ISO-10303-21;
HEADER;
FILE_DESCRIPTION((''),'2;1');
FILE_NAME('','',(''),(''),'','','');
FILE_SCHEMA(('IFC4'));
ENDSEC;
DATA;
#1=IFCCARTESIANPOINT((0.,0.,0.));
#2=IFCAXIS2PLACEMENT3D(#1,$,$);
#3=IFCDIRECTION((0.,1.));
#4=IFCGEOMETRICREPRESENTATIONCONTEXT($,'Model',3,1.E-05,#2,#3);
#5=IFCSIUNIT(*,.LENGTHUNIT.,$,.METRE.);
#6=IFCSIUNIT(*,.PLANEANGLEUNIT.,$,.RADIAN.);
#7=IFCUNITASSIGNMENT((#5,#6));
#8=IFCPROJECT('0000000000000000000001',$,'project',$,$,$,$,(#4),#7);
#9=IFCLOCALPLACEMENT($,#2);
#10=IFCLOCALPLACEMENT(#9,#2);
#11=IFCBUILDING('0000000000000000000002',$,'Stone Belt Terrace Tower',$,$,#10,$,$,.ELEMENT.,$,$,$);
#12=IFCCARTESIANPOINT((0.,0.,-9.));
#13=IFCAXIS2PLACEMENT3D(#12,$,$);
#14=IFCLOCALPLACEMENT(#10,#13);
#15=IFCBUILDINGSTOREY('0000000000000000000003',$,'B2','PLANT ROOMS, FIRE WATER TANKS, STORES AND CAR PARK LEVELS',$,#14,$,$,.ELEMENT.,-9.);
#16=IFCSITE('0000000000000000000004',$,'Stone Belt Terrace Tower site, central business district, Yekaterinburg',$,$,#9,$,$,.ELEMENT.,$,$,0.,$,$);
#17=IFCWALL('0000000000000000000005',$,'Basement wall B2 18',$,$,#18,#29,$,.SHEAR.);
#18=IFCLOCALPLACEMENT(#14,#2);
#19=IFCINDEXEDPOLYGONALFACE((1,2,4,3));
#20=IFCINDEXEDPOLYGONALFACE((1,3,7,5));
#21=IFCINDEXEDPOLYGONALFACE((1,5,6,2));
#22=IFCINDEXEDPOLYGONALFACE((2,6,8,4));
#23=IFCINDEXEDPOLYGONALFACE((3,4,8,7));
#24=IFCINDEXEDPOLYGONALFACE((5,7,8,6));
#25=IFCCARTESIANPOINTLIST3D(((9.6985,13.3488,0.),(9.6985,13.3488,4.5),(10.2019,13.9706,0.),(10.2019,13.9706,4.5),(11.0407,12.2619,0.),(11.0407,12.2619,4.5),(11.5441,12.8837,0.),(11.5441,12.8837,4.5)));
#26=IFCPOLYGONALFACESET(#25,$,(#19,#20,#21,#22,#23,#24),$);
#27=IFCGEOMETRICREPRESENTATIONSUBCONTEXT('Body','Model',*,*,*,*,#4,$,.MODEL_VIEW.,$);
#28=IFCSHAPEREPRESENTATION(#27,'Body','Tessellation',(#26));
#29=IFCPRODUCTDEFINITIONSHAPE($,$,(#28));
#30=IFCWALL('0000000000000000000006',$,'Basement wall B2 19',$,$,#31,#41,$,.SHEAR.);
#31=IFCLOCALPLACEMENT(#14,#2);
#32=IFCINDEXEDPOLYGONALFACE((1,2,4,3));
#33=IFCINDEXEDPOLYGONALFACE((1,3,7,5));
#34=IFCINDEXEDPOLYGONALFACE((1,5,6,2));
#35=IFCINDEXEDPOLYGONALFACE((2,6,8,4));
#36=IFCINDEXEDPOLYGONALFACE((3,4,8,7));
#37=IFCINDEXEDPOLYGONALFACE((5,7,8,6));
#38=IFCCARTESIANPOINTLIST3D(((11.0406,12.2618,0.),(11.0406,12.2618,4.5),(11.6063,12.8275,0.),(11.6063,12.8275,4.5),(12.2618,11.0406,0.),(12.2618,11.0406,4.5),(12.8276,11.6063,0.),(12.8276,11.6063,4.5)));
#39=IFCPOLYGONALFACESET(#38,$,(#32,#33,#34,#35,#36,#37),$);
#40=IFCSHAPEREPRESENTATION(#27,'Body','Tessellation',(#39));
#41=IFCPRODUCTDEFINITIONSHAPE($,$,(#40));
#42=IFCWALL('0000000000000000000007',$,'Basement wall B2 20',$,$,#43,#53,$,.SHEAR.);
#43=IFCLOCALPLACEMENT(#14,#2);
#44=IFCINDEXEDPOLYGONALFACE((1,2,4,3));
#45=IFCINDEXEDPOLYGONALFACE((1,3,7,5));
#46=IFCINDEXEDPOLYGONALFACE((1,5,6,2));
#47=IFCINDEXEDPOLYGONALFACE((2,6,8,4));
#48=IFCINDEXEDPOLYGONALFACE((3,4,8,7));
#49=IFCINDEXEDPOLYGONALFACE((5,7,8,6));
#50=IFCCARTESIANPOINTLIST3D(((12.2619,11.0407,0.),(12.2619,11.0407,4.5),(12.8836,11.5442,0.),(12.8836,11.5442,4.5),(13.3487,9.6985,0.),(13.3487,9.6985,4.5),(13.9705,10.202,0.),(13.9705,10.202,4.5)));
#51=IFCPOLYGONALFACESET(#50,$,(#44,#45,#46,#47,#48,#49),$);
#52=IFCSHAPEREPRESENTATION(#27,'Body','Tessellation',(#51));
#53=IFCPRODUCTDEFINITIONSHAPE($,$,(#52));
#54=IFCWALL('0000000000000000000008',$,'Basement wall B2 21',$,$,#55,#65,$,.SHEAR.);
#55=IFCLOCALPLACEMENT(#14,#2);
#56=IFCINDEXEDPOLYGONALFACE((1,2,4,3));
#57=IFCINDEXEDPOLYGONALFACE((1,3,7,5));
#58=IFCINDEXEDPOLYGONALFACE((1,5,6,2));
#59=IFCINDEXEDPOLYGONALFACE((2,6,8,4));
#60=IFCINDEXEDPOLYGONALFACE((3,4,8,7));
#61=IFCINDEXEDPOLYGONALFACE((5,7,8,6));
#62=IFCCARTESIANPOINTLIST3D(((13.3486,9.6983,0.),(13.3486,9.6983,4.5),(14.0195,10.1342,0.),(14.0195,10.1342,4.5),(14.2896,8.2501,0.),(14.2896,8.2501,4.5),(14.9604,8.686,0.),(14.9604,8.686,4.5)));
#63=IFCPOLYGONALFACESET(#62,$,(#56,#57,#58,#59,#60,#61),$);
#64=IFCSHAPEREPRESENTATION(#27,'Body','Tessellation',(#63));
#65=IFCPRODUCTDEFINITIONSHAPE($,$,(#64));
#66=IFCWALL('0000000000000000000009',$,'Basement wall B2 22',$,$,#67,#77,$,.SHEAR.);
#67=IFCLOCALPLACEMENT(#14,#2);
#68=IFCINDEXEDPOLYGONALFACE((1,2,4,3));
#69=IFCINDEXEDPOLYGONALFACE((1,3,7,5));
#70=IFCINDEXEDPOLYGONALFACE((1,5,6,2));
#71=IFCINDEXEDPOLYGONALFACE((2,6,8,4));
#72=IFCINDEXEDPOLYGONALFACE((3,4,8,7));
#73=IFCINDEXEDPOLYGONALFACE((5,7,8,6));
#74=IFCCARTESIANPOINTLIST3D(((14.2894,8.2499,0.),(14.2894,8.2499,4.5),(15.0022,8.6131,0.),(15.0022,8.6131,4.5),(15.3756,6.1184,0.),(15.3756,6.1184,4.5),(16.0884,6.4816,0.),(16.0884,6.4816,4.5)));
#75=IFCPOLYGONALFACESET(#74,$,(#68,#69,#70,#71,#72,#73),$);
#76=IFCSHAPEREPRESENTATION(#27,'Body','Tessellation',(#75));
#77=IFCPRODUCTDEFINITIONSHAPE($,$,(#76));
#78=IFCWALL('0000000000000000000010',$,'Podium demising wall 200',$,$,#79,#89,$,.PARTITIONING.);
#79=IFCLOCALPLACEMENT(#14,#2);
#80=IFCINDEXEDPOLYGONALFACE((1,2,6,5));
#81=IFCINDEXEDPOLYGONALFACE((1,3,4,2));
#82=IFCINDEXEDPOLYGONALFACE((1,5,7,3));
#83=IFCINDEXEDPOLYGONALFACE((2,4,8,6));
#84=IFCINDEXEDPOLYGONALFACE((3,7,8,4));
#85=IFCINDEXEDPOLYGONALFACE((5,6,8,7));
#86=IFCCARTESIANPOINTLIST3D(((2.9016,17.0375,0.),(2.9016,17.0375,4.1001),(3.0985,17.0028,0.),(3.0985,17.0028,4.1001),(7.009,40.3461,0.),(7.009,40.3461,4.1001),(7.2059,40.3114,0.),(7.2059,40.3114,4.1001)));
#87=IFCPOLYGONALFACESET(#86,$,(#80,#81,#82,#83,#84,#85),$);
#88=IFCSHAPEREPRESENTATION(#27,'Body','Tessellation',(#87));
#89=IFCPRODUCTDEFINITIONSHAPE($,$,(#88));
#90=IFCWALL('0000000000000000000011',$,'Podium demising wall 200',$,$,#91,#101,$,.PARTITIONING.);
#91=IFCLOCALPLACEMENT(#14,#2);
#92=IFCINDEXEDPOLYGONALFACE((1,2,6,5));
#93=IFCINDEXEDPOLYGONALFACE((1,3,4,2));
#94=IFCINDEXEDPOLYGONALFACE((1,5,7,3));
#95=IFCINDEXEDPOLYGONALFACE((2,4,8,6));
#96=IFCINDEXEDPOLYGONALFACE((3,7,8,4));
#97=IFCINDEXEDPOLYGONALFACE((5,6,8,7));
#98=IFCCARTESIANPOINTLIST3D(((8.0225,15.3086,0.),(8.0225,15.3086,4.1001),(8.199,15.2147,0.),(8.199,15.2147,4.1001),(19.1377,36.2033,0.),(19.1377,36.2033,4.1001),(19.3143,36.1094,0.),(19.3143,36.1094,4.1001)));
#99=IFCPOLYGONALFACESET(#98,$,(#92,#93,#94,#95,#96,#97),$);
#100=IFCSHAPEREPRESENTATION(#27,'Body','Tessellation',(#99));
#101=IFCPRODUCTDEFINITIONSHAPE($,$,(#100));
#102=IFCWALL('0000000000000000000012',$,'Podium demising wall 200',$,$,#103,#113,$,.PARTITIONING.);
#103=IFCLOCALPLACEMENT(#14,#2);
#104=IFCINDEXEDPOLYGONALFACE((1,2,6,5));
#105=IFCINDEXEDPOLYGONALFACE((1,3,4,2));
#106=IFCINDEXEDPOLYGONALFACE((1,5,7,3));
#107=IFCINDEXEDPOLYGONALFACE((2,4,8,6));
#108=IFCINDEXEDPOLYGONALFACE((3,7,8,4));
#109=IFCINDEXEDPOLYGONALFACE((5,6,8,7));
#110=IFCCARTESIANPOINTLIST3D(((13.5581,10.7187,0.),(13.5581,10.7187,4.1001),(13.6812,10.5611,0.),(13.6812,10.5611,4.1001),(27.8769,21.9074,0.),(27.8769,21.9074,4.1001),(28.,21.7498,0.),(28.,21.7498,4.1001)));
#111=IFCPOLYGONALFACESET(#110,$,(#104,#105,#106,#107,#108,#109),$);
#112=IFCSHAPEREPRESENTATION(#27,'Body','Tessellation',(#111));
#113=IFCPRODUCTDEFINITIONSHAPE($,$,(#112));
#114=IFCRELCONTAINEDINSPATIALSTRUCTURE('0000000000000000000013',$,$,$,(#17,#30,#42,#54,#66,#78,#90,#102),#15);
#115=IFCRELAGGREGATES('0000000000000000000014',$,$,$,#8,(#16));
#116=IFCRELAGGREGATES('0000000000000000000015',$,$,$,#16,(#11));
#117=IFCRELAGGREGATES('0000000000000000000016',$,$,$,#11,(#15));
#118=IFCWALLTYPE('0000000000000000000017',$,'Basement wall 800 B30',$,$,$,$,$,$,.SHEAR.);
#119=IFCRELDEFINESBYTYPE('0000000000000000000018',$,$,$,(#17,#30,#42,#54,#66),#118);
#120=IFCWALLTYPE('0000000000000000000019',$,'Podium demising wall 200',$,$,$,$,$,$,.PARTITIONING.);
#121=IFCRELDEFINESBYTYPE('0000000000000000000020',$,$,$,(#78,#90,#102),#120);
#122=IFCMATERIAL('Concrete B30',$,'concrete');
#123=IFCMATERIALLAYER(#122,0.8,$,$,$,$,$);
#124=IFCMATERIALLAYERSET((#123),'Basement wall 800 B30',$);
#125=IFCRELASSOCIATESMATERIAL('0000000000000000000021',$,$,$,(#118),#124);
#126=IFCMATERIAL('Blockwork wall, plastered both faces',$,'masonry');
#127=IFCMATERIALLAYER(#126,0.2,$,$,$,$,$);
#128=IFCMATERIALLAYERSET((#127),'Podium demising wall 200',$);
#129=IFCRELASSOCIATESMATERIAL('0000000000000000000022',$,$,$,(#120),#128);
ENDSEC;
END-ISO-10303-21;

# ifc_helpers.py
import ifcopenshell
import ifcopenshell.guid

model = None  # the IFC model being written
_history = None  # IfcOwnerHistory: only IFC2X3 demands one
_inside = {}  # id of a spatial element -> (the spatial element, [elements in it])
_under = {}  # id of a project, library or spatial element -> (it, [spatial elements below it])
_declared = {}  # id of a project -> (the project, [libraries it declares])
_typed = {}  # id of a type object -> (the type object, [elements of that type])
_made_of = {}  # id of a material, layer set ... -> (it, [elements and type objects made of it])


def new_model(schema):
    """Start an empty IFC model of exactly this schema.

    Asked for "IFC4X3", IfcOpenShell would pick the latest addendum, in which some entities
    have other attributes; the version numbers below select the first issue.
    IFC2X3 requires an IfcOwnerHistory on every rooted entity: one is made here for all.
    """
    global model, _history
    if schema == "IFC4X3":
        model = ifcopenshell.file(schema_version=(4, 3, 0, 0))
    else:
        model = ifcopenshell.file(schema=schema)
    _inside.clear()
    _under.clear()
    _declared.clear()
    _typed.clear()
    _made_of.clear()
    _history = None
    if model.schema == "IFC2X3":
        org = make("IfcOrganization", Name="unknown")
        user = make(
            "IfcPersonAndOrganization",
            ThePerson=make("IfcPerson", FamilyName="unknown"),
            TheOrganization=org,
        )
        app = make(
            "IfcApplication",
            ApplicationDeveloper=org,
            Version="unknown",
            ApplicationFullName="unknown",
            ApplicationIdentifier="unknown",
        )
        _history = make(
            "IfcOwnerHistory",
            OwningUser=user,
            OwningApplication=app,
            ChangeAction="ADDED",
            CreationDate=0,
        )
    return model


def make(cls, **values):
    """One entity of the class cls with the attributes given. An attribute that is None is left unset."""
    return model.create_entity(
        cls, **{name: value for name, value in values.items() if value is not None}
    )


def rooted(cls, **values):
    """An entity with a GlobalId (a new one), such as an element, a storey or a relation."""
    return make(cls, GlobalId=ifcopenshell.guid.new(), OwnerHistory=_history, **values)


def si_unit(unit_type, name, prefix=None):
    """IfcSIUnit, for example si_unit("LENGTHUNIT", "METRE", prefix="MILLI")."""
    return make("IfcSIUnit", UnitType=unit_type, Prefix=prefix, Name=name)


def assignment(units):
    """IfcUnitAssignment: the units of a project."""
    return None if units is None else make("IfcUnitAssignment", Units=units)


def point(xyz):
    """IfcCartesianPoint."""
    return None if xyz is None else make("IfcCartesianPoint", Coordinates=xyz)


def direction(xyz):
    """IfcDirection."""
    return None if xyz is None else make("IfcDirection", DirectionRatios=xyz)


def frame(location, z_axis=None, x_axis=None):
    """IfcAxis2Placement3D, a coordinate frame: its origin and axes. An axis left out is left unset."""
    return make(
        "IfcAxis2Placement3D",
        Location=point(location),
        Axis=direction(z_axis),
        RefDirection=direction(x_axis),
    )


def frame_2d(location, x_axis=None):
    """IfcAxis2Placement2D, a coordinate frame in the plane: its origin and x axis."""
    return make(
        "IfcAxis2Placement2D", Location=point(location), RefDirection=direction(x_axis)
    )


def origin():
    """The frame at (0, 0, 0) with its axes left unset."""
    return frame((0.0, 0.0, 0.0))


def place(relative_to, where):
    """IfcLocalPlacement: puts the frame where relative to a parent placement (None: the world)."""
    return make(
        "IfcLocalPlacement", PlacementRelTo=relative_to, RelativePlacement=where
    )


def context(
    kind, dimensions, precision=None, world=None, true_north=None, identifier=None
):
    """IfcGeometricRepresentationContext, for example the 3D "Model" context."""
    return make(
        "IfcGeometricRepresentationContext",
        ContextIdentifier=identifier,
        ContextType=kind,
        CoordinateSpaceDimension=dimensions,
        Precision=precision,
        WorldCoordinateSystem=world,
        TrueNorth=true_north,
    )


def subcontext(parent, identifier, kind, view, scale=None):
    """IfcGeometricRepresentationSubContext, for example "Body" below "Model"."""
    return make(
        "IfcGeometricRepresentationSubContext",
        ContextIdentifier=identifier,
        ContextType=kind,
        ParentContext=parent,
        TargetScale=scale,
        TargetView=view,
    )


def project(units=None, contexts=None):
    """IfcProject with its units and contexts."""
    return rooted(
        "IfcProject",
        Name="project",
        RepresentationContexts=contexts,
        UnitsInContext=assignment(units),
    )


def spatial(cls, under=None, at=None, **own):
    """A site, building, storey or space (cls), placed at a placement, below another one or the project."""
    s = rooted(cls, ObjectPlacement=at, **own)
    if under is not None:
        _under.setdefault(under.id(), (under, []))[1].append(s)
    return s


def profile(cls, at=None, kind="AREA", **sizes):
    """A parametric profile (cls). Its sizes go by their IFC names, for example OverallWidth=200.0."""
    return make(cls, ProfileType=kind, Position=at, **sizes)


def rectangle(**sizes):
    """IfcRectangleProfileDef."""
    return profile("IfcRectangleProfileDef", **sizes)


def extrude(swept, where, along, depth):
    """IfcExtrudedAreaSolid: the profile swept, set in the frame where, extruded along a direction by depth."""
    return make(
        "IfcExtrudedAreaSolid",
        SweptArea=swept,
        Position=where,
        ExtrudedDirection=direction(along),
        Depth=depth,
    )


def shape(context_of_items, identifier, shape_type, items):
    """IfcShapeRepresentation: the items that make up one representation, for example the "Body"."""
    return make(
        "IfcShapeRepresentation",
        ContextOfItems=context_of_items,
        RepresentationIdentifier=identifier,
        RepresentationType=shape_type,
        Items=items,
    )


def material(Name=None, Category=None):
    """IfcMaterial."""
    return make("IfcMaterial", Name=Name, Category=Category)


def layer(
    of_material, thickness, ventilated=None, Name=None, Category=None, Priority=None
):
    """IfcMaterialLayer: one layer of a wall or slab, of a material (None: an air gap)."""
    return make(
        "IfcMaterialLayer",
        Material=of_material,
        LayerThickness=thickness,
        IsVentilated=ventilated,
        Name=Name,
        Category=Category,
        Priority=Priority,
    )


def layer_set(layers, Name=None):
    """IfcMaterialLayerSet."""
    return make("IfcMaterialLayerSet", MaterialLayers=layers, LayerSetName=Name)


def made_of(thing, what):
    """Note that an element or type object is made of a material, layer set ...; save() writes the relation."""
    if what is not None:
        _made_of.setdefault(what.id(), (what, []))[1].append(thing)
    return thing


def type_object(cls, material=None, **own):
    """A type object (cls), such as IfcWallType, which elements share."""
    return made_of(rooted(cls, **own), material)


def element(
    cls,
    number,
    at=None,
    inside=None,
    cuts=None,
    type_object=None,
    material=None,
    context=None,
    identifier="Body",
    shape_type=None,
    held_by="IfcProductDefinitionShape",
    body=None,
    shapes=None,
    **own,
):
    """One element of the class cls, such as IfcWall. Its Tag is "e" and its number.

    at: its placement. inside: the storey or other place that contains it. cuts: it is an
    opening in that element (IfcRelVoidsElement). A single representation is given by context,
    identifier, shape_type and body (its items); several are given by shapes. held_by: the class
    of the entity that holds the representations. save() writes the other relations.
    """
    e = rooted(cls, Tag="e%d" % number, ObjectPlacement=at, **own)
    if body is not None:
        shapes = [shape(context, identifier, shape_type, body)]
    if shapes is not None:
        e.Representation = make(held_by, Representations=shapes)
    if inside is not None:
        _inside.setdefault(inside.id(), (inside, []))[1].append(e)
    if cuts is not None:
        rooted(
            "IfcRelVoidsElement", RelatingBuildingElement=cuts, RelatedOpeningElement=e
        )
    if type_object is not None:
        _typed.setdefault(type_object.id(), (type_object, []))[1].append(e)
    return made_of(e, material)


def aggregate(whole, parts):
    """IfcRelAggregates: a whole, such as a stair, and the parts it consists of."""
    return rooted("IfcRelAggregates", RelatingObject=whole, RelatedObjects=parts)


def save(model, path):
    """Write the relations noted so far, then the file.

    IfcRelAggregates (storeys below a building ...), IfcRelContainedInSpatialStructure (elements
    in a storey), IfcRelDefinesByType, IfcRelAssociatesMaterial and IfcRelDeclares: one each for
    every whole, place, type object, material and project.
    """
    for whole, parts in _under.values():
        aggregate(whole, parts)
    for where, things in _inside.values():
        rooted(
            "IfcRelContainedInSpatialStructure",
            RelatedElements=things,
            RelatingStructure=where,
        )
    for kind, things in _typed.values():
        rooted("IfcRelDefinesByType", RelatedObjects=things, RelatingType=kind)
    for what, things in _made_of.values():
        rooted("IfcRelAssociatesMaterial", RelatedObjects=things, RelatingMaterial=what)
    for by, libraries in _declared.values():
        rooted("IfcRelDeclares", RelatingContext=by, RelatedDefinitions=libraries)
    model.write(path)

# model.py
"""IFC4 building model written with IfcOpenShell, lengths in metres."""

from ifc_helpers import new_model, si_unit, direction, frame, frame_2d, origin, place, context, subcontext, project, spatial, rectangle, extrude, material, layer, layer_set, type_object, element, save


model = new_model("IFC4")

# Units and contexts
model_context = context("Model", 3, precision=1e-05, world=origin(), true_north=direction((0.0, 1.0)))
body_context = subcontext(model_context, "Body", "Model", "MODEL_VIEW")
ifc_project = project(units=[si_unit("LENGTHUNIT", "METRE"), si_unit("PLANEANGLEUNIT", "RADIAN")], contexts=[model_context])

# Site, building, storey
site_placement = place(None, origin())
site = spatial("IfcSite", under=ifc_project, at=site_placement, Name="Stone Belt Terrace Tower site, central business district, Yekaterinburg", CompositionType="ELEMENT", RefElevation=0.0)
building_placement = place(site_placement, origin())
building = spatial("IfcBuilding", under=site, at=building_placement, Name="Stone Belt Terrace Tower", CompositionType="ELEMENT")
storey_placement = place(building_placement, frame((0.0, 0.0, -9.0)))
storey = spatial("IfcBuildingStorey", under=building, at=storey_placement, Name="B2", Description="PLANT ROOMS, FIRE WATER TANKS, STORES AND CAR PARK LEVELS", CompositionType="ELEMENT", Elevation=-9.0)

# Shared definitions
ifc_material_1 = material(Name="Concrete B30", Category="concrete")

# Walls
ifc_layer_1 = layer(ifc_material_1, 0.8)
ifc_layer_set_1 = layer_set([ifc_layer_1], Name="Basement wall 800 B30")
wall_type_1 = type_object("IfcWallType", Name="Basement wall 800 B30", PredefinedType="SHEAR", material=ifc_layer_set_1)
for number, where, z_axis, x_axis, name in (
    (1, (9.9502, 13.6597, 0.0), (0.0, 0.0, 1.0), (0.777159, -0.629304, 0.0), "Basement wall B2 18"),
    (2, (11.3235, 12.5447, 0.0), (0.0, 0.0, 1.0), (0.707107, -0.707107, 0.0), "Basement wall B2 19"),
    (3, (12.5728, 11.2925, 0.0), (0.0, 0.0, 1.0), (0.629304, -0.777159, 0.0), "Basement wall B2 20"),
    (4, (13.6841, 9.9163, 0.0), (0.0, 0.0, 1.0), (0.544809, -0.83856, 0.0), "Basement wall B2 21"),
):
    element("IfcWall", number, at=place(storey_placement, frame(where, z_axis=z_axis, x_axis=x_axis)), inside=storey, type_object=wall_type_1, Name=name, PredefinedType="SHEAR", context=body_context, shape_type="SweptSolid", body=[
        extrude(rectangle(XDim=1.7271, YDim=0.8, at=frame_2d((0.8635, 0.0))), origin(), (0.0, 0.0, 1.0), 4.5),
    ])
wall_1_placement = place(storey_placement, frame((14.6458, 8.4316, 0.0), z_axis=(0.0, 0.0, 1.0), x_axis=(0.454018, -0.890993, 0.0)))
element("IfcWall", 5, at=wall_1_placement, inside=storey, type_object=wall_type_1, Name="Basement wall B2 22", PredefinedType="SHEAR", context=body_context, shape_type="SweptSolid", body=[
    extrude(rectangle(XDim=2.3923, YDim=0.8, at=frame_2d((1.1963, 0.0))), origin(), (0.0, 0.0, 1.0), 4.5),
])
ifc_material_2 = material(Name="Blockwork wall, plastered both faces", Category="masonry")
ifc_layer_2 = layer(ifc_material_2, 0.2)
ifc_layer_set_2 = layer_set([ifc_layer_2], Name="Podium demising wall 200")
wall_type_2 = type_object("IfcWallType", Name="Podium demising wall 200", PredefinedType="PARTITIONING", material=ifc_layer_set_2)
wall_2_placement = place(storey_placement, frame((3.0, 17.02, 0.0), z_axis=(0.0, 0.0, 1.0), x_axis=(0.173545, 0.984826, 0.0)))
element("IfcWall", 6, at=wall_2_placement, inside=storey, type_object=wall_type_2, Name="Podium demising wall 200", PredefinedType="PARTITIONING", context=body_context, shape_type="SweptSolid", body=[
    extrude(rectangle(XDim=23.6677, YDim=0.2, at=frame_2d((11.834, 0.0))), origin(), (0.0, 0.0, 1.0), 4.1001),
])
wall_3_placement = place(storey_placement, frame((8.1108, 15.2617, 0.0), z_axis=(0.0, 0.0, 1.0), x_axis=(0.469646, 0.882855, 0.0)))
element("IfcWall", 7, at=wall_3_placement, inside=storey, type_object=wall_type_2, Name="Podium demising wall 200", PredefinedType="PARTITIONING", context=body_context, shape_type="SweptSolid", body=[
    extrude(rectangle(XDim=23.6672, YDim=0.2, at=frame_2d((11.8335, 0.0))), origin(), (0.0, 0.0, 1.0), 4.1001),
])
wall_4_placement = place(storey_placement, frame((13.6196, 10.6399, 0.0), z_axis=(0.0, 0.0, 1.0), x_axis=(0.787968, 0.615717, 0.0)))
element("IfcWall", 8, at=wall_4_placement, inside=storey, type_object=wall_type_2, Name="Podium demising wall 200", PredefinedType="PARTITIONING", context=body_context, shape_type="SweptSolid", body=[
    extrude(rectangle(XDim=18.1719, YDim=0.2, at=frame_2d((9.0859, 0.0))), origin(), (0.0, 0.0, 1.0), 4.1001),
])

save(model, "model.ifc")
